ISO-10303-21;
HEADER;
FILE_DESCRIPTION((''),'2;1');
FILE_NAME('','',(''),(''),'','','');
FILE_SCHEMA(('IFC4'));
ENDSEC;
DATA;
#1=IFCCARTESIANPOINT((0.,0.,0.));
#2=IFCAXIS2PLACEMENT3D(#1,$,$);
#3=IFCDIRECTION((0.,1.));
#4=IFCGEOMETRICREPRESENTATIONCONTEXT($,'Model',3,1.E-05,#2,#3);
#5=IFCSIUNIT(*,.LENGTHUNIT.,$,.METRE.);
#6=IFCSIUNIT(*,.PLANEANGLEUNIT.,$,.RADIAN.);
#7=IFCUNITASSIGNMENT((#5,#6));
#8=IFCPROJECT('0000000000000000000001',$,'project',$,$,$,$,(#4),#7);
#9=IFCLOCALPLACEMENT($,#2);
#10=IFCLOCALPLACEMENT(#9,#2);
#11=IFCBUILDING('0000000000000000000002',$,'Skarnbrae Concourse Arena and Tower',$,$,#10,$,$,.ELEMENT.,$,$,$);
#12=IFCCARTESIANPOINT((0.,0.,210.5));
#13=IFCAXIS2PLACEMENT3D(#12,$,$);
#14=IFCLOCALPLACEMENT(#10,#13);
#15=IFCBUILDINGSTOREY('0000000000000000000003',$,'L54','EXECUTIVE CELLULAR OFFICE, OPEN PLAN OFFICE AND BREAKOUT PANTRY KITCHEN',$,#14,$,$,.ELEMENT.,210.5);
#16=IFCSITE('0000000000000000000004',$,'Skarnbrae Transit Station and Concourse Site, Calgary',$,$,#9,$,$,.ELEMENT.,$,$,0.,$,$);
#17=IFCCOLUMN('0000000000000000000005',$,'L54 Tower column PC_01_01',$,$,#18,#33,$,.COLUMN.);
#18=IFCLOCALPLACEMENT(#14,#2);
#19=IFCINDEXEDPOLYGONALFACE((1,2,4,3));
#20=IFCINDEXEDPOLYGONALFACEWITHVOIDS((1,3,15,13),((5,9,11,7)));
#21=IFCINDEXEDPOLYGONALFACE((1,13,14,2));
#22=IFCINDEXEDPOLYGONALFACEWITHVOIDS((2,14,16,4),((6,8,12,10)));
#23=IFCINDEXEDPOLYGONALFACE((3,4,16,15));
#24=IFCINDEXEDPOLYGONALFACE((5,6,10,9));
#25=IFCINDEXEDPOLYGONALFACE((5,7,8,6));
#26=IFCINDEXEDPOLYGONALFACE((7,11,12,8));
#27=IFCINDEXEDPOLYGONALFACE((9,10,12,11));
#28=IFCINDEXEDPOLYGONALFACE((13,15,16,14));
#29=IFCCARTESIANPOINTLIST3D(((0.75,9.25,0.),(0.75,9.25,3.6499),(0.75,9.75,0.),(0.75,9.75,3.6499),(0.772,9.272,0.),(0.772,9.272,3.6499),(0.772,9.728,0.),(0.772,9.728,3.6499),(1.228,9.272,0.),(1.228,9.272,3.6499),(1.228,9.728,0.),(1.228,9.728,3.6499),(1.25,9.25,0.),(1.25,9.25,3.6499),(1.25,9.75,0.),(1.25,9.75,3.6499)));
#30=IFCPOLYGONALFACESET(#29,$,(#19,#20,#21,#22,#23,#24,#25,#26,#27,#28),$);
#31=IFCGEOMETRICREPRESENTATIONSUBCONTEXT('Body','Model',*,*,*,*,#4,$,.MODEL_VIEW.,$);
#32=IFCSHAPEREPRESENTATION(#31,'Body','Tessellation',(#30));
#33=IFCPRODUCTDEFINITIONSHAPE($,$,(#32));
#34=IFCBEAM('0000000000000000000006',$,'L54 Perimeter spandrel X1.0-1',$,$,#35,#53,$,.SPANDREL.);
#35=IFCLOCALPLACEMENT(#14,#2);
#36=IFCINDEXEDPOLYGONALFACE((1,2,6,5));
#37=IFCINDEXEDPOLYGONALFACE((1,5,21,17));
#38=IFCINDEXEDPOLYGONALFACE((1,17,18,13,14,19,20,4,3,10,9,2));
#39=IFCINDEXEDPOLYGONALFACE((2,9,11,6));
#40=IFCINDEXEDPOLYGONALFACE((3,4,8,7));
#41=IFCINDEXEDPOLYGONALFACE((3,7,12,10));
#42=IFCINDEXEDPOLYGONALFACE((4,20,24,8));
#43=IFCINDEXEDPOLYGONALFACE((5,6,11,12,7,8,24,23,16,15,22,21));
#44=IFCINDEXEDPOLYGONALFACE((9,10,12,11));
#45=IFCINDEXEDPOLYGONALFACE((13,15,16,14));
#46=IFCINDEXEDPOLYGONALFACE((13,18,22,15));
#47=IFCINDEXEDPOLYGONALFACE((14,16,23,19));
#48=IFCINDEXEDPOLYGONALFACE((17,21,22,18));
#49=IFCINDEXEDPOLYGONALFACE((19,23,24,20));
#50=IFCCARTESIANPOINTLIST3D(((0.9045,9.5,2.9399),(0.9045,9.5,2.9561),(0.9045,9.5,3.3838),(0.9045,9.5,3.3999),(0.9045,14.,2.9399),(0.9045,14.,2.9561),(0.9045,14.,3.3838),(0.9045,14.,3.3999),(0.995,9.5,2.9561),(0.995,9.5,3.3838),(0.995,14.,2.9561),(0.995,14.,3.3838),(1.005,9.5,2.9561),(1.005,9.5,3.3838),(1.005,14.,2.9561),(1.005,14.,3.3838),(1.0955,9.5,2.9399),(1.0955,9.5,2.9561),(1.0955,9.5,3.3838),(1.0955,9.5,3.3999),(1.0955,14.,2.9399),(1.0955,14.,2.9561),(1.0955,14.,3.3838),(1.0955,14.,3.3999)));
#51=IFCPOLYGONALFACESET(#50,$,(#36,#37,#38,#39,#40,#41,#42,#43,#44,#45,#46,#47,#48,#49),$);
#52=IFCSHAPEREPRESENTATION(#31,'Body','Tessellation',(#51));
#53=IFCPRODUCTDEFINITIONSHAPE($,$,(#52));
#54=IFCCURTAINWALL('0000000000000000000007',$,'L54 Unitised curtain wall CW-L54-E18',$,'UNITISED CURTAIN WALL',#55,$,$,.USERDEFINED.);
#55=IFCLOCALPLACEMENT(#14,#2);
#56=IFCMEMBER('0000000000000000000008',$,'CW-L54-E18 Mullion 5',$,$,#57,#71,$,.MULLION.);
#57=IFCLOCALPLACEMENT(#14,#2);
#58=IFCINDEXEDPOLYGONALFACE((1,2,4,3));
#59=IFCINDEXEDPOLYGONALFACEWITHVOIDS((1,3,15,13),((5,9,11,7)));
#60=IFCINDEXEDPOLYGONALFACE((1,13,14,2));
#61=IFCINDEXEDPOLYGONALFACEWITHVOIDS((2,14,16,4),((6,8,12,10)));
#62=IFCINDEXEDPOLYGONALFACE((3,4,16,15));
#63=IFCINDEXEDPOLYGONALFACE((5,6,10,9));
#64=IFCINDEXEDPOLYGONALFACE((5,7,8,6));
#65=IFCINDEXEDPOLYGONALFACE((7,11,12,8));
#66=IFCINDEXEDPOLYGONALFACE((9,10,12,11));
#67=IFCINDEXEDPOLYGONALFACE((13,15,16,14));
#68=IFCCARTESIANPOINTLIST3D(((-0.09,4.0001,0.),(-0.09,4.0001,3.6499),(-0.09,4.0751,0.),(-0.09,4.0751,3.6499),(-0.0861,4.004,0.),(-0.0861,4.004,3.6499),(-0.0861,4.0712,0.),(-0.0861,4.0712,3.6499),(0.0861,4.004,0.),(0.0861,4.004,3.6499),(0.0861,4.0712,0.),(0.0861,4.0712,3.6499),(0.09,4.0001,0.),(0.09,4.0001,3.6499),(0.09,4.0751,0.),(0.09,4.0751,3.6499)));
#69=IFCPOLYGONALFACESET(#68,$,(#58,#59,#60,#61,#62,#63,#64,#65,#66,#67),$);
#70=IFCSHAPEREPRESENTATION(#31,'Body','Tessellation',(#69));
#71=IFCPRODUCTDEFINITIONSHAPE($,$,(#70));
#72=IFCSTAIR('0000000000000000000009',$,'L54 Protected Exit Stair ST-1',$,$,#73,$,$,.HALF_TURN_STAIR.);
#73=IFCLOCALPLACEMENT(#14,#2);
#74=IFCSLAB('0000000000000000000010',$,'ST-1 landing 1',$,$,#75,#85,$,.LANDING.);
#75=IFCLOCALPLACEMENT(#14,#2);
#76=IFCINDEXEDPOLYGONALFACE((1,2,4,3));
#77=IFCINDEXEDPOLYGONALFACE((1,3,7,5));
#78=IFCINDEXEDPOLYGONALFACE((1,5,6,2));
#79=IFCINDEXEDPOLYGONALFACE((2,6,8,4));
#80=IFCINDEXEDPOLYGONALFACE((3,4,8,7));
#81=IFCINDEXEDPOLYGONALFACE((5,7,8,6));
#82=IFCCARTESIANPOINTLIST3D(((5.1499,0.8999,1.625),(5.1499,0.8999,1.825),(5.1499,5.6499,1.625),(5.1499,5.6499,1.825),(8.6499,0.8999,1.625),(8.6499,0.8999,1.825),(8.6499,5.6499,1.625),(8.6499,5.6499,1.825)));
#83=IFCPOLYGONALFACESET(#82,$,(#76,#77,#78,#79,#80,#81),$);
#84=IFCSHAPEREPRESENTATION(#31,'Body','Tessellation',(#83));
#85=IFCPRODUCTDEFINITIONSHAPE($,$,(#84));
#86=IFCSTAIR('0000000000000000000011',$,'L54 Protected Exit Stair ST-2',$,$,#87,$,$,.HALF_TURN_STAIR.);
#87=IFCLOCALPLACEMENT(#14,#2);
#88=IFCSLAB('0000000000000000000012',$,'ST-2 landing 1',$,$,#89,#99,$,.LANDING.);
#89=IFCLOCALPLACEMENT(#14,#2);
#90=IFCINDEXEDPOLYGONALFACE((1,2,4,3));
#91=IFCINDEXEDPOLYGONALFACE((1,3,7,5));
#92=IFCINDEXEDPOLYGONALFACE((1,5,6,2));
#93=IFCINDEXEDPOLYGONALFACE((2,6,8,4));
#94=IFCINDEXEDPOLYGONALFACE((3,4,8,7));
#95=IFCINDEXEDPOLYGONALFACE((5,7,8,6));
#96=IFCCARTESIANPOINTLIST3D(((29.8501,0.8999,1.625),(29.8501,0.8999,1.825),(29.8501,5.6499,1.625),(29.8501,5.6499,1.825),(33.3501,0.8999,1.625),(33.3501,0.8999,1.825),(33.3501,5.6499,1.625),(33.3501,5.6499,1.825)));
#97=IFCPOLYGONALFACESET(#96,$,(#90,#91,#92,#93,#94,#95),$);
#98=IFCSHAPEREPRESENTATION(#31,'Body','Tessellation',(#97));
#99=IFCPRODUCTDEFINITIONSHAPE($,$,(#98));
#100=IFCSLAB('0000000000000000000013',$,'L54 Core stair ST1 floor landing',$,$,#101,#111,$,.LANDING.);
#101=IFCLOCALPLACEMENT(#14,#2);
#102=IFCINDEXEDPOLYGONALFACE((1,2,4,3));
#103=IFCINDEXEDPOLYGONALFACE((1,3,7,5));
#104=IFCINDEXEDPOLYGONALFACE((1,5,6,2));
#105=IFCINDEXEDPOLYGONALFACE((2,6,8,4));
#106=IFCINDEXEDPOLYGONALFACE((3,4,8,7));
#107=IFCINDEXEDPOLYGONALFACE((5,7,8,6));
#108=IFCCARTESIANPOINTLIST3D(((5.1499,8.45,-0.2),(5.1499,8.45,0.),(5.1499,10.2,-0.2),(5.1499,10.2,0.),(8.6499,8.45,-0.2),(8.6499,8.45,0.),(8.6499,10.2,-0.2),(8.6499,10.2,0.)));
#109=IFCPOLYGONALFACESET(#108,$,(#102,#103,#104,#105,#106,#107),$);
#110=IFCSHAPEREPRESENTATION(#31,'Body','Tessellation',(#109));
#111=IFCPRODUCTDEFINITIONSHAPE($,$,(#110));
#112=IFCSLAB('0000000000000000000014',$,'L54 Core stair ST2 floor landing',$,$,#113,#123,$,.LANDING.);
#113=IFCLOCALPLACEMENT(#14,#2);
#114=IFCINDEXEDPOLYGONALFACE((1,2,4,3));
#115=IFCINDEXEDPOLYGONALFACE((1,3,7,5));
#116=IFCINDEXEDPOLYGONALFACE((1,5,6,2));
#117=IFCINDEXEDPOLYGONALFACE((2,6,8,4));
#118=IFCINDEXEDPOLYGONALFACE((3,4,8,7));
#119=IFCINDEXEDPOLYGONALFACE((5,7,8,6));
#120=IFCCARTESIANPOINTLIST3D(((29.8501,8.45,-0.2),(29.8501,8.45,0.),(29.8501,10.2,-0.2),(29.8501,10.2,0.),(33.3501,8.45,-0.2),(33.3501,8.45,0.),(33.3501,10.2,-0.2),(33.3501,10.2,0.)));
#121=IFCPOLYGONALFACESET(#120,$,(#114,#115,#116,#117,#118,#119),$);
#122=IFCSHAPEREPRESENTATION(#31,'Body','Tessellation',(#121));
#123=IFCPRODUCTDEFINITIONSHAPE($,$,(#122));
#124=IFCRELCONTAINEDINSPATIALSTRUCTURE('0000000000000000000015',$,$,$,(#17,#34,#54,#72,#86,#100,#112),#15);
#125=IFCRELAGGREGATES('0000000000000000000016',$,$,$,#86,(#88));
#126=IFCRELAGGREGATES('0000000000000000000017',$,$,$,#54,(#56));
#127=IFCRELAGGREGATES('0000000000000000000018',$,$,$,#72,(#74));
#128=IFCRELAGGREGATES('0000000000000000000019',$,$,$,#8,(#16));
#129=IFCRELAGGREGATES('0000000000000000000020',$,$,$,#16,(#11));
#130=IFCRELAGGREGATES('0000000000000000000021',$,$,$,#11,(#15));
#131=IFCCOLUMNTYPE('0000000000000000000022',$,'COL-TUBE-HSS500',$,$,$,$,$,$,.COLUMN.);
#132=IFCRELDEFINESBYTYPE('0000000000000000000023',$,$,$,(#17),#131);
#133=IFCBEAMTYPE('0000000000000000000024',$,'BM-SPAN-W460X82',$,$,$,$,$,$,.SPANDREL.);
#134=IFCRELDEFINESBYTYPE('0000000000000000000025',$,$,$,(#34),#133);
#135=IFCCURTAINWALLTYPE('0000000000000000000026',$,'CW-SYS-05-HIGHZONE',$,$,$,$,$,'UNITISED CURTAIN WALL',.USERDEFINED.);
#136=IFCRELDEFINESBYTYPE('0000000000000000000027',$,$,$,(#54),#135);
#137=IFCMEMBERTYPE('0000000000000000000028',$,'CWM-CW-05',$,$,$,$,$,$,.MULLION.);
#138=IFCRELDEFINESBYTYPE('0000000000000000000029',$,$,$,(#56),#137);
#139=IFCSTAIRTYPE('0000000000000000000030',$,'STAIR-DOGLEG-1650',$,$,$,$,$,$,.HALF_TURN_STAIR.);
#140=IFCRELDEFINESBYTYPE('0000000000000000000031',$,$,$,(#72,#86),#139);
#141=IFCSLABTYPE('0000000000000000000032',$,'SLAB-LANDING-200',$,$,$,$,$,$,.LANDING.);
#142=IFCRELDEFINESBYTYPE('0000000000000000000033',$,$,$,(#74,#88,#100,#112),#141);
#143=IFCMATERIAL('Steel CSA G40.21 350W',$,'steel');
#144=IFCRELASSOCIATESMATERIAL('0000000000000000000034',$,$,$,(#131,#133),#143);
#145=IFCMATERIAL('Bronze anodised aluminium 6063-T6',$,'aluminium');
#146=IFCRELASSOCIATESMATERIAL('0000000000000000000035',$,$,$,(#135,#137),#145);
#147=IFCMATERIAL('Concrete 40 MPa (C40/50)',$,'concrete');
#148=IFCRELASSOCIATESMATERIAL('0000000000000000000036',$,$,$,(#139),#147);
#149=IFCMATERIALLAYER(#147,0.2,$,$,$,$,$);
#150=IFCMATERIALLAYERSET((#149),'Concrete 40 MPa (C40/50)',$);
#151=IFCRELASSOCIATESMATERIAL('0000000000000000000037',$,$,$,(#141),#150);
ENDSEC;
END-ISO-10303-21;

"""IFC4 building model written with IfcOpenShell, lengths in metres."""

from ifc_helpers import new_model, si_unit, direction, frame, origin, origin_2d, place, context, subcontext, project, spatial, polyline, hollow_rectangle, i_section, outline, extrude, source, transform, mapped, material, layer, layer_set, material_profile, profile_set, type_object, element, aggregate, save


model = new_model("IFC4")

# Units and contexts
model_context = context("Model", 3, precision=1e-05, world=origin(), true_north=direction((0.0, 1.0)))
body_context = subcontext(model_context, "Body", "Model", "MODEL_VIEW")
ifc_project = project(units=[si_unit("LENGTHUNIT", "METRE"), si_unit("PLANEANGLEUNIT", "RADIAN")], contexts=[model_context])

# Site, building, storey
site_placement = place(None, origin())
site = spatial("IfcSite", under=ifc_project, at=site_placement, Name="Skarnbrae Transit Station and Concourse Site, Calgary", CompositionType="ELEMENT", RefElevation=0.0)
building_placement = place(site_placement, origin())
building = spatial("IfcBuilding", under=site, at=building_placement, Name="Skarnbrae Concourse Arena and Tower", CompositionType="ELEMENT")
storey_placement = place(building_placement, frame((0.0, 0.0, 210.5)))
storey = spatial("IfcBuildingStorey", under=building, at=storey_placement, Name="L54", Description="EXECUTIVE CELLULAR OFFICE, OPEN PLAN OFFICE AND BREAKOUT PANTRY KITCHEN", CompositionType="ELEMENT", Elevation=210.5)

# Column
ifc_material_1 = material(Name="Steel CSA G40.21 350W", Category="steel")
ifc_material_profile_1 = material_profile(ifc_material_1, hollow_rectangle(XDim=0.5, YDim=0.5, WallThickness=0.022, at=origin_2d()), Name="HSS500X500X22.0")
ifc_profile_set_1 = profile_set([ifc_material_profile_1], Name="Steel CSA G40.21 350W")
column_type = type_object("IfcColumnType", Name="COL-TUBE-HSS500", PredefinedType="COLUMN", material=ifc_profile_set_1)
shared_shape_1 = source(origin(), body_context, "Body", "SweptSolid", [
    extrude(hollow_rectangle(XDim=0.5, YDim=0.5, WallThickness=0.022, at=origin_2d()), origin(), (0.0, 0.0, 1.0), 3.6499),
])
column_placement = place(storey_placement, frame((1.0, 9.5, 0.0), z_axis=(0.0, 0.0, 1.0), x_axis=(1.0, 0.0, 0.0)))
element("IfcColumn", 1, at=column_placement, inside=storey, type_object=column_type, Name="L54 Tower column PC_01_01", PredefinedType="COLUMN", context=body_context, shape_type="MappedRepresentation", body=[
    mapped(shared_shape_1, transform((0.0, 0.0, 0.0))),
])

# Beam
ifc_material_profile_2 = material_profile(ifc_material_1, i_section(OverallWidth=0.1909, OverallDepth=0.46, WebThickness=0.01, FlangeThickness=0.0161, at=origin_2d()), Name="W460X82")
ifc_profile_set_2 = profile_set([ifc_material_profile_2], Name="Steel CSA G40.21 350W")
beam_type = type_object("IfcBeamType", Name="BM-SPAN-W460X82", PredefinedType="SPANDREL", material=ifc_profile_set_2)
shared_shape_2 = source(origin(), body_context, "Body", "SweptSolid", [
    extrude(i_section(OverallWidth=0.1909, OverallDepth=0.46, WebThickness=0.01, FlangeThickness=0.0161, at=origin_2d()), origin(), (0.0, 0.0, 1.0), 4.5),
])
beam_placement = place(storey_placement, frame((1.0, 9.5, 3.1699), z_axis=(0.0, 1.0, 0.0), x_axis=(-1.0, 0.0, 0.0)))
element("IfcBeam", 2, at=beam_placement, inside=storey, type_object=beam_type, Name="L54 Perimeter spandrel X1.0-1", PredefinedType="SPANDREL", context=body_context, shape_type="MappedRepresentation", body=[
    mapped(shared_shape_2, transform((0.0, 0.0, 0.0))),
])

# Curtain wall, member
ifc_material_2 = material(Name="Bronze anodised aluminium 6063-T6", Category="aluminium")
curtain_wall_type = type_object("IfcCurtainWallType", Name="CW-SYS-05-HIGHZONE", ElementType="UNITISED CURTAIN WALL", PredefinedType="USERDEFINED", material=ifc_material_2)
curtain_wall_placement = place(storey_placement, origin())
curtain_wall = element("IfcCurtainWall", 3, at=curtain_wall_placement, inside=storey, type_object=curtain_wall_type, Name="L54 Unitised curtain wall CW-L54-E18", ObjectType="UNITISED CURTAIN WALL", PredefinedType="USERDEFINED")
ifc_material_profile_3 = material_profile(ifc_material_2, hollow_rectangle(XDim=0.075, YDim=0.1799, WallThickness=0.0039, at=origin_2d()), Name="ALU-MULL-75X180")
ifc_profile_set_3 = profile_set([ifc_material_profile_3], Name="Bronze anodised aluminium 6063-T6")
member_type = type_object("IfcMemberType", Name="CWM-CW-05", PredefinedType="MULLION", material=ifc_profile_set_3)
shared_shape_3 = source(origin(), body_context, "Body", "SweptSolid", [
    extrude(hollow_rectangle(XDim=0.075, YDim=0.1799, WallThickness=0.0039, at=origin_2d()), origin(), (0.0, 0.0, 1.0), 3.6499),
])
member_placement = place(storey_placement, frame((0.0, 4.0376, 0.0), z_axis=(0.0, 0.0, 1.0), x_axis=(0.0, -1.0, 0.0)))
member = element("IfcMember", 4, at=member_placement, type_object=member_type, Name="CW-L54-E18 Mullion 5", PredefinedType="MULLION", context=body_context, shape_type="MappedRepresentation", body=[
    mapped(shared_shape_3, transform((0.0, 0.0, 0.0))),
])

# Stairs, slabs
ifc_material_3 = material(Name="Concrete 40 MPa (C40/50)", Category="concrete")
stair_type = type_object("IfcStairType", Name="STAIR-DOGLEG-1650", PredefinedType="HALF_TURN_STAIR", material=ifc_material_3)
stair_1_placement = place(storey_placement, origin())
stair_1 = element("IfcStair", 5, at=stair_1_placement, inside=storey, type_object=stair_type, Name="L54 Protected Exit Stair ST-1", PredefinedType="HALF_TURN_STAIR")
ifc_layer_1 = layer(ifc_material_3, 0.2)
ifc_layer_set_1 = layer_set([ifc_layer_1], Name="Concrete 40 MPa (C40/50)")
slab_type_1 = type_object("IfcSlabType", Name="SLAB-LANDING-200", PredefinedType="LANDING", material=ifc_layer_set_1)
slab_1_placement = place(storey_placement, frame((0.0, 0.0, 1.625)))
slab_1 = element("IfcSlab", 6, at=slab_1_placement, type_object=slab_type_1, Name="ST-1 landing 1", PredefinedType="LANDING", context=body_context, shape_type="SweptSolid", body=[
    extrude(outline(polyline([(5.1499, 5.6499), (5.1499, 0.8999), (8.6499, 0.8999), (8.6499, 5.6499), (5.1499, 5.6499)])), origin(), (0.0, 0.0, 1.0), 0.2),
])
stair_2_placement = place(storey_placement, origin())
stair_2 = element("IfcStair", 7, at=stair_2_placement, inside=storey, type_object=stair_type, Name="L54 Protected Exit Stair ST-2", PredefinedType="HALF_TURN_STAIR")
slab_2_placement = place(storey_placement, frame((0.0, 0.0, 1.625)))
slab_2 = element("IfcSlab", 8, at=slab_2_placement, type_object=slab_type_1, Name="ST-2 landing 1", PredefinedType="LANDING", context=body_context, shape_type="SweptSolid", body=[
    extrude(outline(polyline([(29.8501, 5.6499), (29.8501, 0.8999), (33.3501, 0.8999), (33.3501, 5.6499), (29.8501, 5.6499)])), origin(), (0.0, 0.0, 1.0), 0.2),
])
aggregate(stair_2, [slab_2])

# Slabs
slab_3_placement = place(storey_placement, frame((0.0, 0.0, -0.2)))
element("IfcSlab", 9, at=slab_3_placement, inside=storey, type_object=slab_type_1, Name="L54 Core stair ST1 floor landing", PredefinedType="LANDING", context=body_context, shape_type="SweptSolid", body=[
    extrude(outline(polyline([(5.1499, 10.2), (5.1499, 8.45), (8.6499, 8.45), (8.6499, 10.2), (5.1499, 10.2)])), origin(), (0.0, 0.0, 1.0), 0.2),
])
slab_4_placement = place(storey_placement, frame((0.0, 0.0, -0.2)))
element("IfcSlab", 10, at=slab_4_placement, inside=storey, type_object=slab_type_1, Name="L54 Core stair ST2 floor landing", PredefinedType="LANDING", context=body_context, shape_type="SweptSolid", body=[
    extrude(outline(polyline([(29.8501, 10.2), (29.8501, 8.45), (33.3501, 8.45), (33.3501, 10.2), (29.8501, 10.2)])), origin(), (0.0, 0.0, 1.0), 0.2),
])

aggregate(curtain_wall, [member])

aggregate(stair_1, [slab_1])

save(model, "model.ifc")
